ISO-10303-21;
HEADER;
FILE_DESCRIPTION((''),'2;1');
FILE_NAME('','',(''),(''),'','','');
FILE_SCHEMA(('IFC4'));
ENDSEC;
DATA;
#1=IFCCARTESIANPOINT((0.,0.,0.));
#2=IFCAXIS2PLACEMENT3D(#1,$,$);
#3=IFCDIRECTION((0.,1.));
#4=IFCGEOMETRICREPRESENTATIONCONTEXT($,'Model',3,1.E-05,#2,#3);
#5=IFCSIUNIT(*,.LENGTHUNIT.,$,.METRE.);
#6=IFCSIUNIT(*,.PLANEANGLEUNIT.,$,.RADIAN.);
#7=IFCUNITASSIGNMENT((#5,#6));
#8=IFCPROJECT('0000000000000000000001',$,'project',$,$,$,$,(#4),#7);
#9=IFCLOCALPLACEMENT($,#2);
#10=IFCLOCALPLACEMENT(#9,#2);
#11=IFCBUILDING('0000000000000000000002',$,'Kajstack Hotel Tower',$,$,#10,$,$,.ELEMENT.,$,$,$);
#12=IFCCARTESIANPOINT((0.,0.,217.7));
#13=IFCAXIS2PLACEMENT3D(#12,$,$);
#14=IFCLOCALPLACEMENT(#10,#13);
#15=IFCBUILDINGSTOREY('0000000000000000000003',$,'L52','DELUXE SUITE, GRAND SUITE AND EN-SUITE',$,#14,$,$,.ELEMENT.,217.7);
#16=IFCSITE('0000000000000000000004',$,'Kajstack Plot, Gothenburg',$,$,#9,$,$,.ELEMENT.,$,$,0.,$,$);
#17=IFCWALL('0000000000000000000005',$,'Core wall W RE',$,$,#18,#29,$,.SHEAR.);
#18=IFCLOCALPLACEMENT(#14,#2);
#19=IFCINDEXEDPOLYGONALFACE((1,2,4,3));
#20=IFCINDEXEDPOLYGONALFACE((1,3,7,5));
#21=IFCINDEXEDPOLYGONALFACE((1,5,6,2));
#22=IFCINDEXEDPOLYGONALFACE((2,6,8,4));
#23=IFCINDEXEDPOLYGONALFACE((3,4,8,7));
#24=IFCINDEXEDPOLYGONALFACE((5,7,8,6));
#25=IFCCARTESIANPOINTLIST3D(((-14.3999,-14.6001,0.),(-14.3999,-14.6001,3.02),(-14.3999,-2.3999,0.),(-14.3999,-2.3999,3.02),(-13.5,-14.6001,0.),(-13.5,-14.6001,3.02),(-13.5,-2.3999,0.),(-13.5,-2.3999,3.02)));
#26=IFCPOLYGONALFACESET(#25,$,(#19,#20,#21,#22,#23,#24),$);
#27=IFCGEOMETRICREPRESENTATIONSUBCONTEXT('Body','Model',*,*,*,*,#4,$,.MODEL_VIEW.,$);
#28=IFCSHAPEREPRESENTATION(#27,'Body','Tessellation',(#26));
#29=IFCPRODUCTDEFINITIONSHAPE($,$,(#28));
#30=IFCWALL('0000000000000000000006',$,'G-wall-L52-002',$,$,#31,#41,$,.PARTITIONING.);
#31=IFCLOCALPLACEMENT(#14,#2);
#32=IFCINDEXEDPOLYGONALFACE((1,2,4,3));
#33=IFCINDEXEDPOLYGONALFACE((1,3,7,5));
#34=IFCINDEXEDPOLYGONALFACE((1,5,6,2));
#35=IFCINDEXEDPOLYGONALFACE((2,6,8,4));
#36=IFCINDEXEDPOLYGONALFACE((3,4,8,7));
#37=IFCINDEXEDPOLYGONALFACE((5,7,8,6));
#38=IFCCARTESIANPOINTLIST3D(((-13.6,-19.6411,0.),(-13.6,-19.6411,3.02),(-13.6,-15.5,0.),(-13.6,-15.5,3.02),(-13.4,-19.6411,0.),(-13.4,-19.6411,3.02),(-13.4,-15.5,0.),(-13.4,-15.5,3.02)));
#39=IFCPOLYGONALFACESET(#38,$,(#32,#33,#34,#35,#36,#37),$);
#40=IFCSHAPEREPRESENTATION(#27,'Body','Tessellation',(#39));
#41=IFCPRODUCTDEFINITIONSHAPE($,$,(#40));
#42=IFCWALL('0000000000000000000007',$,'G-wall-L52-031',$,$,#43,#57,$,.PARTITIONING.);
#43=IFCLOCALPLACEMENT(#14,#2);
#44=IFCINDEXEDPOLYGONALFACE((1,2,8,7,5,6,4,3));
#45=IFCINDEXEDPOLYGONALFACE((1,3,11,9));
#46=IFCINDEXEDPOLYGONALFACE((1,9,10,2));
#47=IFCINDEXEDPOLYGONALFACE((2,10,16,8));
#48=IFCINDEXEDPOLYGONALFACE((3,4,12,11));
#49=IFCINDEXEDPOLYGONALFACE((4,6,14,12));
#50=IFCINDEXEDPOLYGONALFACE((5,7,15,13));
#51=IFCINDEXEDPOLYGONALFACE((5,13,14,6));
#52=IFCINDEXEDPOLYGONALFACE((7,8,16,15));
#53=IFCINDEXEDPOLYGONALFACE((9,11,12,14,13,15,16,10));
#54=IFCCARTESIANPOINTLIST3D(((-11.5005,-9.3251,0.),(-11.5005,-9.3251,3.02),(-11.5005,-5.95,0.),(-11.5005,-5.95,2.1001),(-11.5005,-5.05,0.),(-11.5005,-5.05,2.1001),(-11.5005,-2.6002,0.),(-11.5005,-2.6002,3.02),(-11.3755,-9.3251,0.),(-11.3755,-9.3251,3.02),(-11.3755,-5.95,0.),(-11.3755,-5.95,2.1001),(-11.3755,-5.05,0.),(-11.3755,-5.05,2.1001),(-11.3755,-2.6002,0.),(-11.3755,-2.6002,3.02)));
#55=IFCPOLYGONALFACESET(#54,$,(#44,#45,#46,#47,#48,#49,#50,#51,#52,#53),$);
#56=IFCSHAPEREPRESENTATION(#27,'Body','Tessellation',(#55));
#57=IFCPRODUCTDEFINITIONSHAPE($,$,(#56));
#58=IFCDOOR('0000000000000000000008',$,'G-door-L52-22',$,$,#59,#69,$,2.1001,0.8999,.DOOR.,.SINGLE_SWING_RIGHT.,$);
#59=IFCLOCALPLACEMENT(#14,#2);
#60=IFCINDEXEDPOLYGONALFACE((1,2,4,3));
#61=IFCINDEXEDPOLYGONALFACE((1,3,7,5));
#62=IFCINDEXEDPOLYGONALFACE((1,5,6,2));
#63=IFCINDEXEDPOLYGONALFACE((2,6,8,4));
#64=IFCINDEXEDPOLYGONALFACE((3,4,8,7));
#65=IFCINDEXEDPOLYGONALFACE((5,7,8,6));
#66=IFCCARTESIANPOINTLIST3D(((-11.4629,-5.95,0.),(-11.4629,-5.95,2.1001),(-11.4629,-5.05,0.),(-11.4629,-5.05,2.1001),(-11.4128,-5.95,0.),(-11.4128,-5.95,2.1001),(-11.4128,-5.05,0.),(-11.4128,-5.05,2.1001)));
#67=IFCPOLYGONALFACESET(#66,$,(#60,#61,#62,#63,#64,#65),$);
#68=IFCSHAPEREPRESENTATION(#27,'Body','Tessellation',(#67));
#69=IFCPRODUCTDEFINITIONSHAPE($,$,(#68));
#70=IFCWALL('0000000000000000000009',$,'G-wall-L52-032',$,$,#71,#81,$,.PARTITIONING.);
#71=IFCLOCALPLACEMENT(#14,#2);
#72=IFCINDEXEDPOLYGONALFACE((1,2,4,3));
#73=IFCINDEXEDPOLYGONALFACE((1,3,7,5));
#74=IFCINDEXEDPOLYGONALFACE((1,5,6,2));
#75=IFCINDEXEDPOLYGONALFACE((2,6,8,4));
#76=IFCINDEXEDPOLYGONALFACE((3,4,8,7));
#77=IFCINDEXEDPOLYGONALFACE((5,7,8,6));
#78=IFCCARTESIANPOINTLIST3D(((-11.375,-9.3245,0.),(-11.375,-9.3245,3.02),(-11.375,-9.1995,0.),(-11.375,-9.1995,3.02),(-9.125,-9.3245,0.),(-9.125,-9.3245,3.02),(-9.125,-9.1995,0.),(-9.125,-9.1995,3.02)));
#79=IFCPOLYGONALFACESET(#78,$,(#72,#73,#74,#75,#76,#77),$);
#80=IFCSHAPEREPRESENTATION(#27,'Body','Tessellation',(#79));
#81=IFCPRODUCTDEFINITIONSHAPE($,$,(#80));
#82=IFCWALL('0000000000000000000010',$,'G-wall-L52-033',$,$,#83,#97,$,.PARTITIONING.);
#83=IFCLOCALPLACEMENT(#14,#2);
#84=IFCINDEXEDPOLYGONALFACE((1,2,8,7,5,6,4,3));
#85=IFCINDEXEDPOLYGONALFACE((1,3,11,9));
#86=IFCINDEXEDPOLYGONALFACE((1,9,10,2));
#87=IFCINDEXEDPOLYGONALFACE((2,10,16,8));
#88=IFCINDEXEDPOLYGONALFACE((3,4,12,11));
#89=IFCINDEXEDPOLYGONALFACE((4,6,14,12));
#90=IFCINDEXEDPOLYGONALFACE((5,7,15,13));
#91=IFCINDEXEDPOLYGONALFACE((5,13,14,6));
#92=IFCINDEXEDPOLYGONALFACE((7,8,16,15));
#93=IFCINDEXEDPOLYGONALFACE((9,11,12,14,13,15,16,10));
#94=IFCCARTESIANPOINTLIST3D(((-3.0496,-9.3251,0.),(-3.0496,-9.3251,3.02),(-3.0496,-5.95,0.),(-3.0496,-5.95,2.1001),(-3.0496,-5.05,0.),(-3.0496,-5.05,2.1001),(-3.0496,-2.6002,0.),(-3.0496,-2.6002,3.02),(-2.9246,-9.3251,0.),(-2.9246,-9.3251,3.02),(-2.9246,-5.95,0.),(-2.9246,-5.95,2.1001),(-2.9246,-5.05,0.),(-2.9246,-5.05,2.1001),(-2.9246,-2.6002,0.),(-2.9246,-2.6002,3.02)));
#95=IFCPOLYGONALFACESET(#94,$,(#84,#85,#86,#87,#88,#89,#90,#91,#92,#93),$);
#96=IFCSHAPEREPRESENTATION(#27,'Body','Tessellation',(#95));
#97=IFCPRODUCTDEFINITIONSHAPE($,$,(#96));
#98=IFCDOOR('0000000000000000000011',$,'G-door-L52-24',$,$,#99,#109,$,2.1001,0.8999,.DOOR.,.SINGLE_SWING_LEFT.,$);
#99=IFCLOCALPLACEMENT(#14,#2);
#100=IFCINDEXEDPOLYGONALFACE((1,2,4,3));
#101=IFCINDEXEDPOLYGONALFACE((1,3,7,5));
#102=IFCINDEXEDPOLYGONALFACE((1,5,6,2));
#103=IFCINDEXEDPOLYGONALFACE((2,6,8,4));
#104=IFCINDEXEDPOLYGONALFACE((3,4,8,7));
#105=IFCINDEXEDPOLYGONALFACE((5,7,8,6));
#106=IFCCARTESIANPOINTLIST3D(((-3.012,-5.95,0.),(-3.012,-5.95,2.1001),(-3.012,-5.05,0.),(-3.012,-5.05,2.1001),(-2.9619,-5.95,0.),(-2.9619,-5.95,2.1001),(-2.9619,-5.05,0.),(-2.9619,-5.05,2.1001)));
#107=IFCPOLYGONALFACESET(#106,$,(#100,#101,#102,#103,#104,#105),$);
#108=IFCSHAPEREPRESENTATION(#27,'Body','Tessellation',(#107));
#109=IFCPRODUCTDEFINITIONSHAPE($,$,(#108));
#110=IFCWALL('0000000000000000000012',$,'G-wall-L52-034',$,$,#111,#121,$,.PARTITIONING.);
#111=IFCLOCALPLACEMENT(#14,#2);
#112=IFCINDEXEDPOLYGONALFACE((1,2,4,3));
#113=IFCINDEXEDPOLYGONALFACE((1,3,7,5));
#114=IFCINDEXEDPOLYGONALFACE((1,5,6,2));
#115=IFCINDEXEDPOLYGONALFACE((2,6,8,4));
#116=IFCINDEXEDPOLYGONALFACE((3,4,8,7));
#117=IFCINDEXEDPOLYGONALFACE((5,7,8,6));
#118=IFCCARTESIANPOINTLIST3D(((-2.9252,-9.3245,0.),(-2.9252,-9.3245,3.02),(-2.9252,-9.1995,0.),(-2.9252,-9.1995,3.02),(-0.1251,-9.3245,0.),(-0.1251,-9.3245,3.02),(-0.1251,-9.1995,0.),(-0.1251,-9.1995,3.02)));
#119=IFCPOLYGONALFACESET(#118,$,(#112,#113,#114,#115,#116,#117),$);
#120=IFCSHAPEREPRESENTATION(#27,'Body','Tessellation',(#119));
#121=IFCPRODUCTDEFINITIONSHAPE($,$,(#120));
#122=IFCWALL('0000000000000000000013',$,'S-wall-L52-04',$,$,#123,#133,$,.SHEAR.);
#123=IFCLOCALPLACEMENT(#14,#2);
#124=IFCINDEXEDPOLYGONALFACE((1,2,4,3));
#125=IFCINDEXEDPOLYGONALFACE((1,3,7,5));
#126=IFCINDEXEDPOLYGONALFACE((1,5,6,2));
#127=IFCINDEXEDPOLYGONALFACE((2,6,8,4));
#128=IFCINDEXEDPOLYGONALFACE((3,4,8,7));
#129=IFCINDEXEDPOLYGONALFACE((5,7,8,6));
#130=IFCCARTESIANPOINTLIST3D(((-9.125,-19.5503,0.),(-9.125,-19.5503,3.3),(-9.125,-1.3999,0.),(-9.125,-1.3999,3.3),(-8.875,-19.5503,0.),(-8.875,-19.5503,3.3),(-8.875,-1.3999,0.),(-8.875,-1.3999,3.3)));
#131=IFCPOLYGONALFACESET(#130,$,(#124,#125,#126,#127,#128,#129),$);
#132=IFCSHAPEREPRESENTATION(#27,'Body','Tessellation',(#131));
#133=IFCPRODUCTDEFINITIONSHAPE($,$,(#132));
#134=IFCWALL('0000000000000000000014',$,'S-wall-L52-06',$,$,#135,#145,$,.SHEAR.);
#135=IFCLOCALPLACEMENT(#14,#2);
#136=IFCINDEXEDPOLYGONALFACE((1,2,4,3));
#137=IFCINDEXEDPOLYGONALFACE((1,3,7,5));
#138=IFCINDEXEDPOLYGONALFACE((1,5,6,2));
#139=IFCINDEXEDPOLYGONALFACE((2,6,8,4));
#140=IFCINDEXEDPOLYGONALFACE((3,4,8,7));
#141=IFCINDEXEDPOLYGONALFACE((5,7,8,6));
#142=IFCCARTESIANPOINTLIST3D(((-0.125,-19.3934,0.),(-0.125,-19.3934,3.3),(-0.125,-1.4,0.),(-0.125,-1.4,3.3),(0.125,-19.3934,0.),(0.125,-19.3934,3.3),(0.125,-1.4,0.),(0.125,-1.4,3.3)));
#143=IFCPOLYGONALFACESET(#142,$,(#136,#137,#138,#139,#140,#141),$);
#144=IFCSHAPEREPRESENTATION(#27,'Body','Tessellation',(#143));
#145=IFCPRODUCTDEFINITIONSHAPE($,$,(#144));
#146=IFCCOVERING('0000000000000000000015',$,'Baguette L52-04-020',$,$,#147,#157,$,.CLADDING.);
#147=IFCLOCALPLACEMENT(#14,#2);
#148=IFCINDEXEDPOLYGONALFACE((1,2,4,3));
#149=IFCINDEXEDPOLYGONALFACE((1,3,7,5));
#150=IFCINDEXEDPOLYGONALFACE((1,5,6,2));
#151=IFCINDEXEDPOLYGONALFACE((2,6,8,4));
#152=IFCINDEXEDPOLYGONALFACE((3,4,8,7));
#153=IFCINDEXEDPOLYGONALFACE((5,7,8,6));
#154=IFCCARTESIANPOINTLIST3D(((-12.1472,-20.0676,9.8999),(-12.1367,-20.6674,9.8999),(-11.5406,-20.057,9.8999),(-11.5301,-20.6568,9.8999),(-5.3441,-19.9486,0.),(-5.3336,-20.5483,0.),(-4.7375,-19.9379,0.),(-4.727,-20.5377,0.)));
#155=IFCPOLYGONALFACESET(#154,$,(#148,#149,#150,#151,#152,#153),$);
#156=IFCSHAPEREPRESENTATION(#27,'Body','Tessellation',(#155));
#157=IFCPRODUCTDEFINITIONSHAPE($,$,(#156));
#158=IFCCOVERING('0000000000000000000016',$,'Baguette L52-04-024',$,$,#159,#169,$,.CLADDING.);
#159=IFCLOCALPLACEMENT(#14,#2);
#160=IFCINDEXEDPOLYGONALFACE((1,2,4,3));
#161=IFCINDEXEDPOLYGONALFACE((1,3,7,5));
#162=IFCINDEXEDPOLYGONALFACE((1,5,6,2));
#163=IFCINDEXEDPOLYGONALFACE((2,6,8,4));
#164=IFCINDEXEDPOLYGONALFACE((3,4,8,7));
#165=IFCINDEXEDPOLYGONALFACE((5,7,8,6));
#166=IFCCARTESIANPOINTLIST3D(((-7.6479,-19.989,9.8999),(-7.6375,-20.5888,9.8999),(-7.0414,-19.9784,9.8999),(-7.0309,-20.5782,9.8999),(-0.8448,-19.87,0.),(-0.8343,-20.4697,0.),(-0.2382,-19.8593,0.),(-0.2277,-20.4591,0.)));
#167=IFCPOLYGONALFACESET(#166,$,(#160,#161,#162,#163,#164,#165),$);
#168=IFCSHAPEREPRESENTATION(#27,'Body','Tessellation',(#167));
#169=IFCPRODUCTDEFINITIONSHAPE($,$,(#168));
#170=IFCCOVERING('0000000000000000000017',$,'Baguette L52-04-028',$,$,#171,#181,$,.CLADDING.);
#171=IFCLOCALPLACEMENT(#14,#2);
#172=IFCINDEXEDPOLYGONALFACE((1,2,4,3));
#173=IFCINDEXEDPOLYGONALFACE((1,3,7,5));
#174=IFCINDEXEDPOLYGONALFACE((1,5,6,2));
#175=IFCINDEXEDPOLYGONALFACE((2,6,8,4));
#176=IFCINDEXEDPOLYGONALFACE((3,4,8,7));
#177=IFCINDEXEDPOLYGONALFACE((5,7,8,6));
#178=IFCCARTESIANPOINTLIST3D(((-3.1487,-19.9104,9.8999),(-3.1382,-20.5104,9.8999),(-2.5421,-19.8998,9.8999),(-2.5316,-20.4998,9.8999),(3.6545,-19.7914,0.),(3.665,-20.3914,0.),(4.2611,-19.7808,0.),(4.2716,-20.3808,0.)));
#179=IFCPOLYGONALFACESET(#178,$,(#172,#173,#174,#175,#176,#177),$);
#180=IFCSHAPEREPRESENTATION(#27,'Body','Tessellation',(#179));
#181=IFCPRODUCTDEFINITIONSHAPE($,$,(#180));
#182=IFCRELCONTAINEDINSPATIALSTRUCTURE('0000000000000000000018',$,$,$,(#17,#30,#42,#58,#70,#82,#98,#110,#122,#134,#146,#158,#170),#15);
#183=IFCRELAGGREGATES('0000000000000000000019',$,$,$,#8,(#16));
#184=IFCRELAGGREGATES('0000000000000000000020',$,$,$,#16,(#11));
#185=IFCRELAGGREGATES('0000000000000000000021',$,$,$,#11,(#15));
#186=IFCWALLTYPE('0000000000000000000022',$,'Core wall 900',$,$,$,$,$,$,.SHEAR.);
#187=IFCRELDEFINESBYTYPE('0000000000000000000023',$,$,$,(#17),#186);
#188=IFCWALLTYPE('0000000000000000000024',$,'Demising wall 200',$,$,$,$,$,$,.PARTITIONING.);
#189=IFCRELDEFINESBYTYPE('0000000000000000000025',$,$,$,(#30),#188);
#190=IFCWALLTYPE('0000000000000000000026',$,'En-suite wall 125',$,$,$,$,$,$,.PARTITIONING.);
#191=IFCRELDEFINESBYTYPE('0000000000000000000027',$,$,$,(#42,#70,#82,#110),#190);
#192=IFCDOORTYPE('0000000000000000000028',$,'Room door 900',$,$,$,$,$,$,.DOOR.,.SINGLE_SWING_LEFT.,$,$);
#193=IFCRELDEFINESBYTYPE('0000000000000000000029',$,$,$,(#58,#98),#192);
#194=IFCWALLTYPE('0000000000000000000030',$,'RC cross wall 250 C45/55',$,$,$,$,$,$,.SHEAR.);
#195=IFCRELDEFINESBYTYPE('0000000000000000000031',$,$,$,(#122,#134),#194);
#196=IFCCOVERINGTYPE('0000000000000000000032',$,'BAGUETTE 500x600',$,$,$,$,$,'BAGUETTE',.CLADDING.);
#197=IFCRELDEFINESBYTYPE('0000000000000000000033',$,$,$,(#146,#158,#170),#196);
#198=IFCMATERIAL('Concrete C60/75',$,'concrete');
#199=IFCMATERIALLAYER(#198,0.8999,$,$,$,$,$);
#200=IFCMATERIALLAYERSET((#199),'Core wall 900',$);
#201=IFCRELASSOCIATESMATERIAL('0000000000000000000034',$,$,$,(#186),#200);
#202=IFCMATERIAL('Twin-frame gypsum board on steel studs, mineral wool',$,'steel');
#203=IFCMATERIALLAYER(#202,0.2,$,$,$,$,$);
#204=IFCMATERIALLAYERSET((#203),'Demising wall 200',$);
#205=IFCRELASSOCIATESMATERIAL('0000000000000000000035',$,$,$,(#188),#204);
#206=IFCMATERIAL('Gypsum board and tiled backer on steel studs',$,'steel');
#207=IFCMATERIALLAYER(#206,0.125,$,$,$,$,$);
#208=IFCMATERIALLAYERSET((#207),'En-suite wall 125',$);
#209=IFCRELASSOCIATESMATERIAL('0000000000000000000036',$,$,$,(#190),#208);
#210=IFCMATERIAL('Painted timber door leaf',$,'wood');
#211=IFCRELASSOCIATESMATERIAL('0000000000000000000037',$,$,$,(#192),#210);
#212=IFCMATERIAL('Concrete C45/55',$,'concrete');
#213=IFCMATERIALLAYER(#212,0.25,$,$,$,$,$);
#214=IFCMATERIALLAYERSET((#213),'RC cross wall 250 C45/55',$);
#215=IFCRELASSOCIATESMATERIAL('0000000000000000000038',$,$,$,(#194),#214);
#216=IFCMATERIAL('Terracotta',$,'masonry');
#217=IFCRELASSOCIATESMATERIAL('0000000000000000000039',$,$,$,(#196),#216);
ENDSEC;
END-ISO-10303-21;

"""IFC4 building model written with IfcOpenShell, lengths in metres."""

from ifc_helpers import new_model, si_unit, direction, frame, frame_2d, origin, origin_2d, place, context, subcontext, project, spatial, polyline, rectangle, outline, extrude, material, layer, layer_set, material_profile, profile_set, type_object, element, fill, save


model = new_model("IFC4")

# Units and contexts
model_context = context("Model", 3, precision=1e-05, world=origin(), true_north=direction((0.0, 1.0)))
body_context = subcontext(model_context, "Body", "Model", "MODEL_VIEW")
ifc_project = project(units=[si_unit("LENGTHUNIT", "METRE"), si_unit("PLANEANGLEUNIT", "RADIAN")], contexts=[model_context])

# Site, building, storey
site_placement = place(None, origin())
site = spatial("IfcSite", under=ifc_project, at=site_placement, Name="Kajstack Plot, Gothenburg", CompositionType="ELEMENT", RefElevation=0.0)
building_placement = place(site_placement, origin())
building = spatial("IfcBuilding", under=site, at=building_placement, Name="Kajstack Hotel Tower", CompositionType="ELEMENT")
storey_placement = place(building_placement, frame((0.0, 0.0, 217.7)))
storey = spatial("IfcBuildingStorey", under=building, at=storey_placement, Name="L52", Description="DELUXE SUITE, GRAND SUITE AND EN-SUITE", CompositionType="ELEMENT", Elevation=217.7)

# Walls
ifc_material_1 = material(Name="Concrete C60/75", Category="concrete")
ifc_layer_1 = layer(ifc_material_1, 0.8999)
ifc_layer_set_1 = layer_set([ifc_layer_1], Name="Core wall 900")
wall_type_1 = type_object("IfcWallType", Name="Core wall 900", PredefinedType="SHEAR", material=ifc_layer_set_1)
wall_1_placement = place(storey_placement, frame((-13.95, -14.6001, 0.0), z_axis=(0.0, 0.0, 1.0), x_axis=(0.0, 1.0, 0.0)))
element("IfcWall", 1, at=wall_1_placement, inside=storey, type_object=wall_type_1, Name="Core wall W RE", PredefinedType="SHEAR", context=body_context, shape_type="SweptSolid", body=[
    extrude(rectangle(XDim=12.2002, YDim=0.8999, at=frame_2d((6.1001, 0.0))), origin(), (0.0, 0.0, 1.0), 3.02),
])
ifc_material_2 = material(Name="Twin-frame gypsum board on steel studs, mineral wool", Category="steel")
ifc_layer_2 = layer(ifc_material_2, 0.2)
ifc_layer_set_2 = layer_set([ifc_layer_2], Name="Demising wall 200")
wall_type_2 = type_object("IfcWallType", Name="Demising wall 200", PredefinedType="PARTITIONING", material=ifc_layer_set_2)
wall_2_placement = place(storey_placement, frame((-13.5, -19.6411, 0.0), z_axis=(0.0, 0.0, 1.0), x_axis=(0.0, 1.0, 0.0)))
element("IfcWall", 2, at=wall_2_placement, inside=storey, type_object=wall_type_2, Name="G-wall-L52-002", PredefinedType="PARTITIONING", context=body_context, shape_type="SweptSolid", body=[
    extrude(rectangle(XDim=4.1411, YDim=0.2, at=frame_2d((2.0706, 0.0))), origin(), (0.0, 0.0, 1.0), 3.02),
])

# Wall, opening, door
ifc_material_3 = material(Name="Gypsum board and tiled backer on steel studs", Category="steel")
ifc_layer_3 = layer(ifc_material_3, 0.125)
ifc_layer_set_3 = layer_set([ifc_layer_3], Name="En-suite wall 125")
wall_type_3 = type_object("IfcWallType", Name="En-suite wall 125", PredefinedType="PARTITIONING", material=ifc_layer_set_3)
wall_3_placement = place(storey_placement, frame((-11.438, -9.325, 0.0), z_axis=(0.0, 0.0, 1.0), x_axis=(0.0, 1.0, 0.0)))
wall_3 = element("IfcWall", 3, at=wall_3_placement, inside=storey, type_object=wall_type_3, Name="G-wall-L52-031", PredefinedType="PARTITIONING", context=body_context, shape_type="SweptSolid", body=[
    extrude(rectangle(XDim=6.7249, YDim=0.125, at=frame_2d((3.3623, 0.0))), origin(), (0.0, 0.0, 1.0), 3.02),
])
opening_1_placement = place(wall_3_placement, frame((3.375, 0.0, 0.0)))
opening_1 = element("IfcOpeningElement", 4, at=opening_1_placement, cuts=wall_3, PredefinedType="OPENING", context=body_context, shape_type="SweptSolid", body=[
    extrude(rectangle(XDim=0.8999, YDim=2.1001, at=frame_2d((0.45, 1.05))), frame((0.0, 0.0725, 0.0), z_axis=(0.0, -1.0, 0.0), x_axis=(1.0, 0.0, 0.0)), (0.0, 0.0, 1.0), 0.145),
])
ifc_material_4 = material(Name="Painted timber door leaf", Category="wood")
door_type = type_object("IfcDoorType", Name="Room door 900", OperationType="SINGLE_SWING_LEFT", PredefinedType="DOOR", material=ifc_material_4)
door_1_placement = place(opening_1_placement, origin())
door_1 = element("IfcDoor", 5, at=door_1_placement, inside=storey, type_object=door_type, Name="G-door-L52-22", OperationType="SINGLE_SWING_RIGHT", OverallHeight=2.1001, OverallWidth=0.8999, PredefinedType="DOOR", context=body_context, shape_type="SweptSolid", body=[
    extrude(rectangle(XDim=0.8999, YDim=2.1001, at=frame_2d((0.45, 1.05))), frame((0.0, 0.0249, 0.0), z_axis=(0.0, -1.0, 0.0), x_axis=(1.0, 0.0, 0.0)), (0.0, 0.0, 1.0), 0.05),
])
fill(opening_1, door_1)

# Wall
wall_4_placement = place(storey_placement, frame((-11.375, -9.262, 0.0), z_axis=(0.0, 0.0, 1.0), x_axis=(1.0, 0.0, 0.0)))
element("IfcWall", 6, at=wall_4_placement, inside=storey, type_object=wall_type_3, Name="G-wall-L52-032", PredefinedType="PARTITIONING", context=body_context, shape_type="SweptSolid", body=[
    extrude(rectangle(XDim=2.25, YDim=0.125, at=frame_2d((1.125, 0.0))), origin(), (0.0, 0.0, 1.0), 3.02),
])

# Wall, opening, door
wall_5_placement = place(storey_placement, frame((-2.9871, -9.325, 0.0), z_axis=(0.0, 0.0, 1.0), x_axis=(0.0, 1.0, 0.0)))
wall_5 = element("IfcWall", 7, at=wall_5_placement, inside=storey, type_object=wall_type_3, Name="G-wall-L52-033", PredefinedType="PARTITIONING", context=body_context, shape_type="SweptSolid", body=[
    extrude(rectangle(XDim=6.7249, YDim=0.125, at=frame_2d((3.3623, 0.0))), origin(), (0.0, 0.0, 1.0), 3.02),
])
opening_2_placement = place(wall_5_placement, frame((3.375, 0.0, 0.0)))
opening_2 = element("IfcOpeningElement", 8, at=opening_2_placement, cuts=wall_5, PredefinedType="OPENING", context=body_context, shape_type="SweptSolid", body=[
    extrude(rectangle(XDim=0.8999, YDim=2.1001, at=frame_2d((0.45, 1.05))), frame((0.0, 0.0725, 0.0), z_axis=(0.0, -1.0, 0.0), x_axis=(1.0, 0.0, 0.0)), (0.0, 0.0, 1.0), 0.145),
])
door_2_placement = place(opening_2_placement, origin())
door_2 = element("IfcDoor", 9, at=door_2_placement, inside=storey, type_object=door_type, Name="G-door-L52-24", OperationType="SINGLE_SWING_LEFT", OverallHeight=2.1001, OverallWidth=0.8999, PredefinedType="DOOR", context=body_context, shape_type="SweptSolid", body=[
    extrude(rectangle(XDim=0.8999, YDim=2.1001, at=frame_2d((0.45, 1.05))), frame((0.0, 0.0249, 0.0), z_axis=(0.0, -1.0, 0.0), x_axis=(1.0, 0.0, 0.0)), (0.0, 0.0, 1.0), 0.05),
])
fill(opening_2, door_2)

# Walls
wall_6_placement = place(storey_placement, frame((-2.925, -9.262, 0.0), z_axis=(0.0, 0.0, 1.0), x_axis=(1.0, 0.0, 0.0)))
element("IfcWall", 10, at=wall_6_placement, inside=storey, type_object=wall_type_3, Name="G-wall-L52-034", PredefinedType="PARTITIONING", context=body_context, shape_type="SweptSolid", body=[
    extrude(rectangle(XDim=2.8, YDim=0.125, at=frame_2d((1.3999, 0.0))), origin(), (0.0, 0.0, 1.0), 3.02),
])
ifc_material_5 = material(Name="Concrete C45/55", Category="concrete")
ifc_layer_4 = layer(ifc_material_5, 0.25)
ifc_layer_set_4 = layer_set([ifc_layer_4], Name="RC cross wall 250 C45/55")
wall_type_4 = type_object("IfcWallType", Name="RC cross wall 250 C45/55", PredefinedType="SHEAR", material=ifc_layer_set_4)
wall_7_placement = place(storey_placement, frame((-9.0, -19.5503, 0.0), z_axis=(0.0, 0.0, 1.0), x_axis=(0.0, 1.0, 0.0)))
element("IfcWall", 11, at=wall_7_placement, inside=storey, type_object=wall_type_4, Name="S-wall-L52-04", PredefinedType="SHEAR", context=body_context, shape_type="SweptSolid", body=[
    extrude(rectangle(XDim=18.1504, YDim=0.25, at=frame_2d((9.0752, 0.0))), origin(), (0.0, 0.0, 1.0), 3.3),
])
wall_8_placement = place(storey_placement, frame((0.0, -19.3933, 0.0), z_axis=(0.0, 0.0, 1.0), x_axis=(0.0, 1.0, 0.0)))
element("IfcWall", 12, at=wall_8_placement, inside=storey, type_object=wall_type_4, Name="S-wall-L52-06", PredefinedType="SHEAR", context=body_context, shape_type="SweptSolid", body=[
    extrude(rectangle(XDim=17.9934, YDim=0.25, at=frame_2d((8.9966, 0.0))), origin(), (0.0, 0.0, 1.0), 3.3),
])

# Coverings
ifc_material_6 = material(Name="Terracotta", Category="masonry")
ifc_material_profile = material_profile(ifc_material_6, rectangle(XDim=0.6001, YDim=0.5, at=origin_2d()), Name="Terracotta-clad concrete baguette 500 x 600")
ifc_profile_set = profile_set([ifc_material_profile], Name="Terracotta")
covering_type = type_object("IfcCoveringType", Name="BAGUETTE 500x600", ElementType="BAGUETTE", PredefinedType="CLADDING", material=ifc_profile_set)
for number, where, z_axis, x_axis, name in (
    (13, (-12.1472, -20.0676, 0.0), (0.017498, -0.999847, 0.0), (0.999847, 0.017498, 0.0), "Baguette L52-04-020"),
    (14, (-7.6479, -19.989, 0.0), (0.017498, -0.999847, 0.0), (0.999847, 0.017498, 0.0), "Baguette L52-04-024"),
):
    element("IfcCovering", number, at=place(storey_placement, frame(where, z_axis=z_axis, x_axis=x_axis)), inside=storey, type_object=covering_type, Name=name, PredefinedType="CLADDING", context=body_context, shape_type="SweptSolid", body=[
        extrude(outline(polyline([(0.0, 9.8999), (6.8042, 0.0), (7.4109, 0.0), (0.6067, 9.8999), (0.0, 9.8999)])), origin(), (0.0, 0.0, 1.0), 0.5999),
    ])
covering_placement = place(storey_placement, frame((-3.1487, -19.9104, 0.0), z_axis=(0.017491, -0.999847, 0.0), x_axis=(0.999847, 0.017491, 0.0)))
element("IfcCovering", 15, at=covering_placement, inside=storey, type_object=covering_type, Name="Baguette L52-04-028", PredefinedType="CLADDING", context=body_context, shape_type="SweptSolid", body=[
    extrude(outline(polyline([(0.0, 9.8999), (6.8042, 0.0), (7.4109, 0.0), (0.6067, 9.8999), (0.0, 9.8999)])), origin(), (0.0, 0.0, 1.0), 0.6001),
])

save(model, "model.ifc")
